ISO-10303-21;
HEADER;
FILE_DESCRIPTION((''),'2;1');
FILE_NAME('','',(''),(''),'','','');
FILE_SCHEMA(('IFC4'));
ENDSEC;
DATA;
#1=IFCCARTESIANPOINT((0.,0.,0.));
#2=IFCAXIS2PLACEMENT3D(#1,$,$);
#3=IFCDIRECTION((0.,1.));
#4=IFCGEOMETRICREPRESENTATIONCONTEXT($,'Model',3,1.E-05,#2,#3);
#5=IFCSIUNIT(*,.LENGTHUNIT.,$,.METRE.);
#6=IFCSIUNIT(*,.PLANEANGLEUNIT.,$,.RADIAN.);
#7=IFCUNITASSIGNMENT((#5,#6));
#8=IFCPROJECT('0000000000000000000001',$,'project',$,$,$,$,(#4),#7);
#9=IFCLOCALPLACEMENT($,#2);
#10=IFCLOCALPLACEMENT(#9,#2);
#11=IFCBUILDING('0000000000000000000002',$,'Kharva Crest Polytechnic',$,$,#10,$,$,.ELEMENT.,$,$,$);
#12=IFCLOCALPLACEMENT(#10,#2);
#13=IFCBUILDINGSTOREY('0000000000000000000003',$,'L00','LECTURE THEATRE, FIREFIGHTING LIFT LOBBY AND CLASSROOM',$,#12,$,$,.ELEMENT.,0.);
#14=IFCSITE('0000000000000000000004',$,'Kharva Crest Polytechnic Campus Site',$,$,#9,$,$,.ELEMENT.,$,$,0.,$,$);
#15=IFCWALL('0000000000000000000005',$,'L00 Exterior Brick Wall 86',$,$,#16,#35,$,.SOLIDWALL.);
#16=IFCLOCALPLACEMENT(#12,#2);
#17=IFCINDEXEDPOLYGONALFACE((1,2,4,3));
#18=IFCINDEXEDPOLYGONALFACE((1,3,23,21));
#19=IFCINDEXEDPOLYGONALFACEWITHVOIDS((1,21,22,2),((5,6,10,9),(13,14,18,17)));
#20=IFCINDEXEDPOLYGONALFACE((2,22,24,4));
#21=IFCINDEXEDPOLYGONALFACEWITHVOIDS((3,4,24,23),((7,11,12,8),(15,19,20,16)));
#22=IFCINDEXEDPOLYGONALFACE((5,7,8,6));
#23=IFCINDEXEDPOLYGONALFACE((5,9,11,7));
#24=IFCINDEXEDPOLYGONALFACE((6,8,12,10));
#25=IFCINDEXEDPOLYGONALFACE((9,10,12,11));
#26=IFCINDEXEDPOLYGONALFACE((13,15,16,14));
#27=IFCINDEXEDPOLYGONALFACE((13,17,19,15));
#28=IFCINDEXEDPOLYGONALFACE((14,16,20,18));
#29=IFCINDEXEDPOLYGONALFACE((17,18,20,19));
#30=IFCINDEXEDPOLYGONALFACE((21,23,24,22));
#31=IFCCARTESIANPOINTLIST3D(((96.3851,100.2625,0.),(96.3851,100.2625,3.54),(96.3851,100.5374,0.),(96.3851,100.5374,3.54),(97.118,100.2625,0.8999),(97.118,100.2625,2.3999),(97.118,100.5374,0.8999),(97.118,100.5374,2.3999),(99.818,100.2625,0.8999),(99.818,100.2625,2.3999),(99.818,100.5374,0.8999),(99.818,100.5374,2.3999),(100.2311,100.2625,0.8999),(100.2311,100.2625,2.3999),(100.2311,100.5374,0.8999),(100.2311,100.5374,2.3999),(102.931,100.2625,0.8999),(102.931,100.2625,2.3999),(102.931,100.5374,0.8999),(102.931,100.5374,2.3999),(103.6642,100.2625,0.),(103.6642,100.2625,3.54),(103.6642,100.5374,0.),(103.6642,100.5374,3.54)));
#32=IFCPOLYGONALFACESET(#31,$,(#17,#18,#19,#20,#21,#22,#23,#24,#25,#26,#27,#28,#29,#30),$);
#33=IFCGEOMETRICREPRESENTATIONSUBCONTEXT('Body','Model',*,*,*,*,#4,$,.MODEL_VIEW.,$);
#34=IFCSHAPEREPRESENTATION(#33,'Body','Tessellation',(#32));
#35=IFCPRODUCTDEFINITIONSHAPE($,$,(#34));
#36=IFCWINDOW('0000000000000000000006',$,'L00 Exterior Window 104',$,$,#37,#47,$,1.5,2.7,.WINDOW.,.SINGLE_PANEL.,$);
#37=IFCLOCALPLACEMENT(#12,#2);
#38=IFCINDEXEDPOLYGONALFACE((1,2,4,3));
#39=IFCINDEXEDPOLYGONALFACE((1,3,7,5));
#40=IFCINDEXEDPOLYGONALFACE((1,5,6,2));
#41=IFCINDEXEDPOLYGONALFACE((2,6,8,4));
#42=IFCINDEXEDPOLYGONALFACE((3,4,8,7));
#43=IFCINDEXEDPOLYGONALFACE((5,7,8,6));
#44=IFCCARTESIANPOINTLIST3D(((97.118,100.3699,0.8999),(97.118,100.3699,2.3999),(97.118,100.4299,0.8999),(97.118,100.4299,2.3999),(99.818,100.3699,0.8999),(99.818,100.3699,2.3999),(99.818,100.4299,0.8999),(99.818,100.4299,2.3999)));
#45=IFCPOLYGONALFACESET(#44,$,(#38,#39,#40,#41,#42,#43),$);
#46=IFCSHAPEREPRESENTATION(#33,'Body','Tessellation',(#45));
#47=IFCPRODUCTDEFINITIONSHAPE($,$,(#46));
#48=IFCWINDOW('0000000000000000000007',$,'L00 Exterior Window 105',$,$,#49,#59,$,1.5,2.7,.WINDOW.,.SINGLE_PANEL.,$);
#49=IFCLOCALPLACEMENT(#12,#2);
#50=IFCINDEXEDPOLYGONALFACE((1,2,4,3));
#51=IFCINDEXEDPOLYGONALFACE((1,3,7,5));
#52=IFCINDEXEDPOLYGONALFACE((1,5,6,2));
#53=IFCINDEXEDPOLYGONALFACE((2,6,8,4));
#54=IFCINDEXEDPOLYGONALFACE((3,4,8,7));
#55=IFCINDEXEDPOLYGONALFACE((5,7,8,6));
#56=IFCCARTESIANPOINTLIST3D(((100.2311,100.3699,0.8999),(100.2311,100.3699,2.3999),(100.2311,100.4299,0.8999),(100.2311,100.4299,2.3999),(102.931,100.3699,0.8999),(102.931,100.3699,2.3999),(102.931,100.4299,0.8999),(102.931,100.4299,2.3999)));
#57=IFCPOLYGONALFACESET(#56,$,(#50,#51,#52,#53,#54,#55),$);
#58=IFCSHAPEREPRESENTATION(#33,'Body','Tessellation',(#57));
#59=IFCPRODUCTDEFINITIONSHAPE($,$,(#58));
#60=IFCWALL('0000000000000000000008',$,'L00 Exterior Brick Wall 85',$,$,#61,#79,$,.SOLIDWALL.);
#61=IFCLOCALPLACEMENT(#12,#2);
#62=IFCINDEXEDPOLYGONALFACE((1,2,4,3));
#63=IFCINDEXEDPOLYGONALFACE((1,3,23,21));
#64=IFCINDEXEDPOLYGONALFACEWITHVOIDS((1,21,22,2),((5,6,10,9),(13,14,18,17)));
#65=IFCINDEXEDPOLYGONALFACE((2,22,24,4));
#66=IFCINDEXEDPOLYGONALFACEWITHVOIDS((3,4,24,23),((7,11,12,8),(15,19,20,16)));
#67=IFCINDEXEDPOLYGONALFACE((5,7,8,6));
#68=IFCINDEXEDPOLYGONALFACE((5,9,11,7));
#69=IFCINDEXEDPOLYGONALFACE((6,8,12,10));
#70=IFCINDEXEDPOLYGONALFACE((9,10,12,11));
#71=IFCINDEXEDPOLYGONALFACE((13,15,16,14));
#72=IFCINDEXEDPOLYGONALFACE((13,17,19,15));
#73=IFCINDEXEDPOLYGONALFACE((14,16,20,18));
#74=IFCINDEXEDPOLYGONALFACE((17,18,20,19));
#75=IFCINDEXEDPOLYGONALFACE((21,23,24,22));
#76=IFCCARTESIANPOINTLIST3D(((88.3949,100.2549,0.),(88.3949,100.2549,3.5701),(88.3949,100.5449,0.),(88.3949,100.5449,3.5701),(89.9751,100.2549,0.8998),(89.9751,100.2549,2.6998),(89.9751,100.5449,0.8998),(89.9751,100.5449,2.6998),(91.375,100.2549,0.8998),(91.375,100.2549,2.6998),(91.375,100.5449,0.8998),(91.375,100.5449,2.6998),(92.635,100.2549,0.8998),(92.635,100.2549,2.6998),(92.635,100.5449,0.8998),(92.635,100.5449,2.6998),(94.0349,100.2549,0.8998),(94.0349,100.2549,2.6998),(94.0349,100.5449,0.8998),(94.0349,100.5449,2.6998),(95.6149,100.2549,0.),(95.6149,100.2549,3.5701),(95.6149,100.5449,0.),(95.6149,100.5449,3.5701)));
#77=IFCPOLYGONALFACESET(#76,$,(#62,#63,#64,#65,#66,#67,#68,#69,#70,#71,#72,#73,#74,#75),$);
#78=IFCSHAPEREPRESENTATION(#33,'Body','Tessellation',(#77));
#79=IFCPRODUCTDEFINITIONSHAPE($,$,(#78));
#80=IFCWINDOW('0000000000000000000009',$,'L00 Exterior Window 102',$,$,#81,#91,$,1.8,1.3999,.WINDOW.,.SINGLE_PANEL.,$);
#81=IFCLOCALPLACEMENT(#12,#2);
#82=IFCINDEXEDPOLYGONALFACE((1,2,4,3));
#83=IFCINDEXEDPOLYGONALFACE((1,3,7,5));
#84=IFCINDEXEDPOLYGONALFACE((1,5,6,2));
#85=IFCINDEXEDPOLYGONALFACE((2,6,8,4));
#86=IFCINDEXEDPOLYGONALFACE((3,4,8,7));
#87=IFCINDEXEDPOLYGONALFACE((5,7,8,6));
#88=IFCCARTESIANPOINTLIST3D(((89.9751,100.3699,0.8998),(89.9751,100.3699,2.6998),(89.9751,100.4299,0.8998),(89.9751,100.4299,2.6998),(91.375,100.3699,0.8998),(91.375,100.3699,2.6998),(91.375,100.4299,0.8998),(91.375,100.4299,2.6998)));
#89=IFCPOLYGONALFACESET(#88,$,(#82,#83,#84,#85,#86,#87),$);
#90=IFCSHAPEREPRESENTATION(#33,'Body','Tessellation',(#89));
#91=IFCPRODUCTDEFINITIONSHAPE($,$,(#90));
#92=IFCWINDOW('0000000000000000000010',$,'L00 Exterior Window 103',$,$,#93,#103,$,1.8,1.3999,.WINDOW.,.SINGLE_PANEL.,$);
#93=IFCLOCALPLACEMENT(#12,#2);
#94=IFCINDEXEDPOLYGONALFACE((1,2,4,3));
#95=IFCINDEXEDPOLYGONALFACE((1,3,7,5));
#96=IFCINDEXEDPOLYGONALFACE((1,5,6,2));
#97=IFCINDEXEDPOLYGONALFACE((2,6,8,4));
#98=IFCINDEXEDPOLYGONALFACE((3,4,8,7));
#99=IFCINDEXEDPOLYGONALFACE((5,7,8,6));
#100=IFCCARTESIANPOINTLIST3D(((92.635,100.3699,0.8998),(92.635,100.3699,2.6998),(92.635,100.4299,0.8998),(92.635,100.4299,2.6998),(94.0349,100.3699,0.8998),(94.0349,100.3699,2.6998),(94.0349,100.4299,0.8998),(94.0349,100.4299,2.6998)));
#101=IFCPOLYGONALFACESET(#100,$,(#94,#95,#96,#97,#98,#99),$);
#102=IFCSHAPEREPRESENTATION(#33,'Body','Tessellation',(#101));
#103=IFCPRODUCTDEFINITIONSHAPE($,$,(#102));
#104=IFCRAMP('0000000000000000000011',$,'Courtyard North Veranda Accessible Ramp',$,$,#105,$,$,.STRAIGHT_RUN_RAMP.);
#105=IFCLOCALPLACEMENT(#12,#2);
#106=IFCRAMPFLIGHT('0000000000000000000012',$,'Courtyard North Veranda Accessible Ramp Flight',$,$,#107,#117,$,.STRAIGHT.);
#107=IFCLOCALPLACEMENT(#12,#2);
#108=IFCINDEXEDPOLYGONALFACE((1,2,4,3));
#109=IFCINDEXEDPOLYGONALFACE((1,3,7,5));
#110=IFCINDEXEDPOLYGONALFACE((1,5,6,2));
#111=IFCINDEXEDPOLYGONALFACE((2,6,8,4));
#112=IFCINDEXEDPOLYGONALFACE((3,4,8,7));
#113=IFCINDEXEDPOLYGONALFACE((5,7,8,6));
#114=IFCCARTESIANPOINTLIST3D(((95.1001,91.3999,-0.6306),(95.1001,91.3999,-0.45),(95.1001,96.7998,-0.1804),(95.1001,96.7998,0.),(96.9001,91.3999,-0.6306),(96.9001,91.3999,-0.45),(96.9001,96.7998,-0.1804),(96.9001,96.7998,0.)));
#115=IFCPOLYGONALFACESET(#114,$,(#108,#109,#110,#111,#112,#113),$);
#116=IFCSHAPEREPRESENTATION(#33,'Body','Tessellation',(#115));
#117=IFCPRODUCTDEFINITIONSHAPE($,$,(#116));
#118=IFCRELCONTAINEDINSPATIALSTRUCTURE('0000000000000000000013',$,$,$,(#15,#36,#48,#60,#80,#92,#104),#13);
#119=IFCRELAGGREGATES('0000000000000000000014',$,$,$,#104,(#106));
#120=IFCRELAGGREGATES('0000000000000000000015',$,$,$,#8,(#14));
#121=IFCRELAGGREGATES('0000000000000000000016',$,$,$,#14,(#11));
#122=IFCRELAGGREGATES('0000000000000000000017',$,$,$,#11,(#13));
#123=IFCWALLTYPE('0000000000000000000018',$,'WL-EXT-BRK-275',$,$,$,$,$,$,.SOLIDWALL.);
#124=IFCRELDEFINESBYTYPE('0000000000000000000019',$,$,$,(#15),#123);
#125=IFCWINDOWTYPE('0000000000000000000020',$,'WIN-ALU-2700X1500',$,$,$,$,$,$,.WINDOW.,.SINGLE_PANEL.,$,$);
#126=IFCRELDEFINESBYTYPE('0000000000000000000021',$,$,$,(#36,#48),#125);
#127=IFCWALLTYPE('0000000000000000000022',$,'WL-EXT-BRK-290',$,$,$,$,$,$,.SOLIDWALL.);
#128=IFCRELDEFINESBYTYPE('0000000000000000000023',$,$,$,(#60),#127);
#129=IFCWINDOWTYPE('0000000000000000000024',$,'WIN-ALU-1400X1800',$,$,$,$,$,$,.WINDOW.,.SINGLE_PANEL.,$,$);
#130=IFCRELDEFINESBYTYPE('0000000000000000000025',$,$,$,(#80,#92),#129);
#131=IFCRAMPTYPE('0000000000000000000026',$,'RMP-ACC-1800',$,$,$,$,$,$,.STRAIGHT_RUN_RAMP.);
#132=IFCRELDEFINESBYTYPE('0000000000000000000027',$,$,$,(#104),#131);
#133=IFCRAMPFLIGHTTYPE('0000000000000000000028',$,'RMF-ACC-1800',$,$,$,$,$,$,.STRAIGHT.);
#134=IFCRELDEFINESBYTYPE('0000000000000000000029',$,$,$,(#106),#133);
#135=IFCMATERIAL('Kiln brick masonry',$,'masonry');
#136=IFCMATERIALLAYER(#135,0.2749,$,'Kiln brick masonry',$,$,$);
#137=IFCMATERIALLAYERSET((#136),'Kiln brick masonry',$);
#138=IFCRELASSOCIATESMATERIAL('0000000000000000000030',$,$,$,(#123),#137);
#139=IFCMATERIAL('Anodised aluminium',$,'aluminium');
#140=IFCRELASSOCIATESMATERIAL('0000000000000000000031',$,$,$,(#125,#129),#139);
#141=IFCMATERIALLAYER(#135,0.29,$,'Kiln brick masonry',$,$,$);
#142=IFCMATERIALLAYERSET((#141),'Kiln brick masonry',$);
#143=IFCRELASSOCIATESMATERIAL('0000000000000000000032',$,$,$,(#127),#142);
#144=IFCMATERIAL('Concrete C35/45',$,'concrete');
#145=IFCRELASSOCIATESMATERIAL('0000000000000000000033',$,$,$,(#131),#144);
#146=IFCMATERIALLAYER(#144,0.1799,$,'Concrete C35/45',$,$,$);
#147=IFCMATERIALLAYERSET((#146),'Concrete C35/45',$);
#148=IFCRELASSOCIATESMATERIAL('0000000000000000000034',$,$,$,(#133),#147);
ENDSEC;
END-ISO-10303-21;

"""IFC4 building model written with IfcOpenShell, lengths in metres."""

from ifc_helpers import new_model, si_unit, direction, frame, frame_2d, origin, place, context, subcontext, project, spatial, polyline, rectangle, outline, extrude, material, layer, layer_set, type_object, element, fill, aggregate, save


model = new_model("IFC4")

# Units and contexts
model_context = context("Model", 3, precision=1e-05, world=origin(), true_north=direction((0.0, 1.0)))
body_context = subcontext(model_context, "Body", "Model", "MODEL_VIEW")
ifc_project = project(units=[si_unit("LENGTHUNIT", "METRE"), si_unit("PLANEANGLEUNIT", "RADIAN")], contexts=[model_context])

# Site, building, storey
site_placement = place(None, origin())
site = spatial("IfcSite", under=ifc_project, at=site_placement, Name="Kharva Crest Polytechnic Campus Site", CompositionType="ELEMENT", RefElevation=0.0)
building_placement = place(site_placement, origin())
building = spatial("IfcBuilding", under=site, at=building_placement, Name="Kharva Crest Polytechnic", CompositionType="ELEMENT")
storey_placement = place(building_placement, origin())
storey = spatial("IfcBuildingStorey", under=building, at=storey_placement, Name="L00", Description="LECTURE THEATRE, FIREFIGHTING LIFT LOBBY AND CLASSROOM", CompositionType="ELEMENT", Elevation=0.0)

# Shared definitions
ifc_material_1 = material(Name="Concrete C35/45", Category="concrete")

# Walls, openings, windows
ifc_material_2 = material(Name="Kiln brick masonry", Category="masonry")
ifc_layer_1 = layer(ifc_material_2, 0.2749, Name="Kiln brick masonry")
ifc_layer_set_1 = layer_set([ifc_layer_1], Name="Kiln brick masonry")
wall_type_1 = type_object("IfcWallType", Name="WL-EXT-BRK-275", PredefinedType="SOLIDWALL", material=ifc_layer_set_1)
wall_1_placement = place(storey_placement, frame((96.385, 100.3999, 0.0), z_axis=(0.0, 0.0, 1.0), x_axis=(1.0, 0.0, 0.0)))
wall_1 = element("IfcWall", 1, at=wall_1_placement, inside=storey, type_object=wall_type_1, Name="L00 Exterior Brick Wall 86", PredefinedType="SOLIDWALL", context=body_context, shape_type="SweptSolid", body=[
    extrude(rectangle(XDim=7.2791, YDim=0.2749, at=frame_2d((3.6396, 0.0))), origin(), (0.0, 0.0, 1.0), 3.54),
])
opening_1_placement = place(wall_1_placement, frame((0.7329, 0.0, 0.8999)))
opening_1 = element("IfcOpeningElement", 2, at=opening_1_placement, cuts=wall_1, PredefinedType="OPENING", context=body_context, shape_type="SweptSolid", body=[
    extrude(rectangle(XDim=2.7, YDim=1.5, at=frame_2d((1.3501, 0.75))), frame((0.0, 0.1475, 0.0), z_axis=(0.0, -1.0, 0.0), x_axis=(1.0, 0.0, 0.0)), (0.0, 0.0, 1.0), 0.2949),
])
opening_2_placement = place(wall_1_placement, frame((3.8459, 0.0, 0.8999)))
opening_2 = element("IfcOpeningElement", 3, at=opening_2_placement, cuts=wall_1, PredefinedType="OPENING", context=body_context, shape_type="SweptSolid", body=[
    extrude(rectangle(XDim=2.7, YDim=1.5, at=frame_2d((1.3501, 0.75))), frame((0.0, 0.1475, 0.0), z_axis=(0.0, -1.0, 0.0), x_axis=(1.0, 0.0, 0.0)), (0.0, 0.0, 1.0), 0.2949),
])
ifc_material_3 = material(Name="Anodised aluminium", Category="aluminium")
window_type_1 = type_object("IfcWindowType", Name="WIN-ALU-2700X1500", PartitioningType="SINGLE_PANEL", PredefinedType="WINDOW", material=ifc_material_3)
window_1_placement = place(opening_1_placement, origin())
window_1 = element("IfcWindow", 4, at=window_1_placement, inside=storey, type_object=window_type_1, Name="L00 Exterior Window 104", OverallHeight=1.5, OverallWidth=2.7, PartitioningType="SINGLE_PANEL", PredefinedType="WINDOW", context=body_context, shape_type="SweptSolid", body=[
    extrude(rectangle(XDim=2.7, YDim=1.5, at=frame_2d((1.3501, 0.75))), frame((0.0, 0.03, 0.0), z_axis=(0.0, -1.0, 0.0), x_axis=(1.0, 0.0, 0.0)), (0.0, 0.0, 1.0), 0.0601),
])
fill(opening_1, window_1)
window_2_placement = place(opening_2_placement, origin())
window_2 = element("IfcWindow", 5, at=window_2_placement, inside=storey, type_object=window_type_1, Name="L00 Exterior Window 105", OverallHeight=1.5, OverallWidth=2.7, PartitioningType="SINGLE_PANEL", PredefinedType="WINDOW", context=body_context, shape_type="SweptSolid", body=[
    extrude(rectangle(XDim=2.7, YDim=1.5, at=frame_2d((1.3501, 0.75))), frame((0.0, 0.03, 0.0), z_axis=(0.0, -1.0, 0.0), x_axis=(1.0, 0.0, 0.0)), (0.0, 0.0, 1.0), 0.0601),
])
fill(opening_2, window_2)
ifc_layer_2 = layer(ifc_material_2, 0.29, Name="Kiln brick masonry")
ifc_layer_set_2 = layer_set([ifc_layer_2], Name="Kiln brick masonry")
wall_type_2 = type_object("IfcWallType", Name="WL-EXT-BRK-290", PredefinedType="SOLIDWALL", material=ifc_layer_set_2)
wall_2_placement = place(storey_placement, frame((88.395, 100.3999, 0.0), z_axis=(0.0, 0.0, 1.0), x_axis=(1.0, 0.0, 0.0)))
wall_2 = element("IfcWall", 6, at=wall_2_placement, inside=storey, type_object=wall_type_2, Name="L00 Exterior Brick Wall 85", PredefinedType="SOLIDWALL", context=body_context, shape_type="SweptSolid", body=[
    extrude(rectangle(XDim=7.22, YDim=0.29, at=frame_2d((3.6099, 0.0))), origin(), (0.0, 0.0, 1.0), 3.5701),
])
opening_3_placement = place(wall_2_placement, frame((1.5801, 0.0, 0.8999)))
opening_3 = element("IfcOpeningElement", 7, at=opening_3_placement, cuts=wall_2, PredefinedType="OPENING", context=body_context, shape_type="SweptSolid", body=[
    extrude(rectangle(XDim=1.3999, YDim=1.8, at=frame_2d((0.7, 0.8999))), frame((0.0, 0.155, 0.0), z_axis=(0.0, -1.0, 0.0), x_axis=(1.0, 0.0, 0.0)), (0.0, 0.0, 1.0), 0.3101),
])
opening_4_placement = place(wall_2_placement, frame((4.24, 0.0, 0.8999)))
opening_4 = element("IfcOpeningElement", 8, at=opening_4_placement, cuts=wall_2, PredefinedType="OPENING", context=body_context, shape_type="SweptSolid", body=[
    extrude(rectangle(XDim=1.3999, YDim=1.8, at=frame_2d((0.7, 0.8999))), frame((0.0, 0.155, 0.0), z_axis=(0.0, -1.0, 0.0), x_axis=(1.0, 0.0, 0.0)), (0.0, 0.0, 1.0), 0.3101),
])
window_type_2 = type_object("IfcWindowType", Name="WIN-ALU-1400X1800", PartitioningType="SINGLE_PANEL", PredefinedType="WINDOW", material=ifc_material_3)
window_3_placement = place(opening_3_placement, origin())
window_3 = element("IfcWindow", 9, at=window_3_placement, inside=storey, type_object=window_type_2, Name="L00 Exterior Window 102", OverallHeight=1.8, OverallWidth=1.3999, PartitioningType="SINGLE_PANEL", PredefinedType="WINDOW", context=body_context, shape_type="SweptSolid", body=[
    extrude(rectangle(XDim=1.3999, YDim=1.8, at=frame_2d((0.7, 0.8999))), frame((0.0, 0.03, 0.0), z_axis=(0.0, -1.0, 0.0), x_axis=(1.0, 0.0, 0.0)), (0.0, 0.0, 1.0), 0.0601),
])
fill(opening_3, window_3)
window_4_placement = place(opening_4_placement, origin())
window_4 = element("IfcWindow", 10, at=window_4_placement, inside=storey, type_object=window_type_2, Name="L00 Exterior Window 103", OverallHeight=1.8, OverallWidth=1.3999, PartitioningType="SINGLE_PANEL", PredefinedType="WINDOW", context=body_context, shape_type="SweptSolid", body=[
    extrude(rectangle(XDim=1.3999, YDim=1.8, at=frame_2d((0.7, 0.8999))), frame((0.0, 0.03, 0.0), z_axis=(0.0, -1.0, 0.0), x_axis=(1.0, 0.0, 0.0)), (0.0, 0.0, 1.0), 0.0601),
])
fill(opening_4, window_4)

# Ramp, ramp flight
ramp_type = type_object("IfcRampType", Name="RMP-ACC-1800", PredefinedType="STRAIGHT_RUN_RAMP", material=ifc_material_1)
ramp_placement = place(storey_placement, origin())
ramp = element("IfcRamp", 11, at=ramp_placement, inside=storey, type_object=ramp_type, Name="Courtyard North Veranda Accessible Ramp", PredefinedType="STRAIGHT_RUN_RAMP")
ifc_layer_3 = layer(ifc_material_1, 0.1799, Name="Concrete C35/45")
ifc_layer_set_3 = layer_set([ifc_layer_3], Name="Concrete C35/45")
ramp_flight_type = type_object("IfcRampFlightType", Name="RMF-ACC-1800", PredefinedType="STRAIGHT", material=ifc_layer_set_3)
ramp_flight_placement = place(storey_placement, frame((96.0, 91.3999, -0.45), z_axis=(0.0, 0.0, 1.0), x_axis=(0.0, 1.0, 0.0)))
ramp_flight = element("IfcRampFlight", 12, at=ramp_flight_placement, type_object=ramp_flight_type, Name="Courtyard North Veranda Accessible Ramp Flight", PredefinedType="STRAIGHT", context=body_context, shape_type="SweptSolid", body=[
    extrude(outline(polyline([(0.0, 0.0), (5.3999, 0.45), (5.3999, 0.2695), (0.0, -0.1807), (0.0, 0.0)])), frame((0.0, 0.8999, 0.0), z_axis=(0.0, -1.0, 0.0), x_axis=(1.0, 0.0, 0.0)), (0.0, 0.0, 1.0), 1.8),
])
aggregate(ramp, [ramp_flight])

save(model, "model.ifc")
